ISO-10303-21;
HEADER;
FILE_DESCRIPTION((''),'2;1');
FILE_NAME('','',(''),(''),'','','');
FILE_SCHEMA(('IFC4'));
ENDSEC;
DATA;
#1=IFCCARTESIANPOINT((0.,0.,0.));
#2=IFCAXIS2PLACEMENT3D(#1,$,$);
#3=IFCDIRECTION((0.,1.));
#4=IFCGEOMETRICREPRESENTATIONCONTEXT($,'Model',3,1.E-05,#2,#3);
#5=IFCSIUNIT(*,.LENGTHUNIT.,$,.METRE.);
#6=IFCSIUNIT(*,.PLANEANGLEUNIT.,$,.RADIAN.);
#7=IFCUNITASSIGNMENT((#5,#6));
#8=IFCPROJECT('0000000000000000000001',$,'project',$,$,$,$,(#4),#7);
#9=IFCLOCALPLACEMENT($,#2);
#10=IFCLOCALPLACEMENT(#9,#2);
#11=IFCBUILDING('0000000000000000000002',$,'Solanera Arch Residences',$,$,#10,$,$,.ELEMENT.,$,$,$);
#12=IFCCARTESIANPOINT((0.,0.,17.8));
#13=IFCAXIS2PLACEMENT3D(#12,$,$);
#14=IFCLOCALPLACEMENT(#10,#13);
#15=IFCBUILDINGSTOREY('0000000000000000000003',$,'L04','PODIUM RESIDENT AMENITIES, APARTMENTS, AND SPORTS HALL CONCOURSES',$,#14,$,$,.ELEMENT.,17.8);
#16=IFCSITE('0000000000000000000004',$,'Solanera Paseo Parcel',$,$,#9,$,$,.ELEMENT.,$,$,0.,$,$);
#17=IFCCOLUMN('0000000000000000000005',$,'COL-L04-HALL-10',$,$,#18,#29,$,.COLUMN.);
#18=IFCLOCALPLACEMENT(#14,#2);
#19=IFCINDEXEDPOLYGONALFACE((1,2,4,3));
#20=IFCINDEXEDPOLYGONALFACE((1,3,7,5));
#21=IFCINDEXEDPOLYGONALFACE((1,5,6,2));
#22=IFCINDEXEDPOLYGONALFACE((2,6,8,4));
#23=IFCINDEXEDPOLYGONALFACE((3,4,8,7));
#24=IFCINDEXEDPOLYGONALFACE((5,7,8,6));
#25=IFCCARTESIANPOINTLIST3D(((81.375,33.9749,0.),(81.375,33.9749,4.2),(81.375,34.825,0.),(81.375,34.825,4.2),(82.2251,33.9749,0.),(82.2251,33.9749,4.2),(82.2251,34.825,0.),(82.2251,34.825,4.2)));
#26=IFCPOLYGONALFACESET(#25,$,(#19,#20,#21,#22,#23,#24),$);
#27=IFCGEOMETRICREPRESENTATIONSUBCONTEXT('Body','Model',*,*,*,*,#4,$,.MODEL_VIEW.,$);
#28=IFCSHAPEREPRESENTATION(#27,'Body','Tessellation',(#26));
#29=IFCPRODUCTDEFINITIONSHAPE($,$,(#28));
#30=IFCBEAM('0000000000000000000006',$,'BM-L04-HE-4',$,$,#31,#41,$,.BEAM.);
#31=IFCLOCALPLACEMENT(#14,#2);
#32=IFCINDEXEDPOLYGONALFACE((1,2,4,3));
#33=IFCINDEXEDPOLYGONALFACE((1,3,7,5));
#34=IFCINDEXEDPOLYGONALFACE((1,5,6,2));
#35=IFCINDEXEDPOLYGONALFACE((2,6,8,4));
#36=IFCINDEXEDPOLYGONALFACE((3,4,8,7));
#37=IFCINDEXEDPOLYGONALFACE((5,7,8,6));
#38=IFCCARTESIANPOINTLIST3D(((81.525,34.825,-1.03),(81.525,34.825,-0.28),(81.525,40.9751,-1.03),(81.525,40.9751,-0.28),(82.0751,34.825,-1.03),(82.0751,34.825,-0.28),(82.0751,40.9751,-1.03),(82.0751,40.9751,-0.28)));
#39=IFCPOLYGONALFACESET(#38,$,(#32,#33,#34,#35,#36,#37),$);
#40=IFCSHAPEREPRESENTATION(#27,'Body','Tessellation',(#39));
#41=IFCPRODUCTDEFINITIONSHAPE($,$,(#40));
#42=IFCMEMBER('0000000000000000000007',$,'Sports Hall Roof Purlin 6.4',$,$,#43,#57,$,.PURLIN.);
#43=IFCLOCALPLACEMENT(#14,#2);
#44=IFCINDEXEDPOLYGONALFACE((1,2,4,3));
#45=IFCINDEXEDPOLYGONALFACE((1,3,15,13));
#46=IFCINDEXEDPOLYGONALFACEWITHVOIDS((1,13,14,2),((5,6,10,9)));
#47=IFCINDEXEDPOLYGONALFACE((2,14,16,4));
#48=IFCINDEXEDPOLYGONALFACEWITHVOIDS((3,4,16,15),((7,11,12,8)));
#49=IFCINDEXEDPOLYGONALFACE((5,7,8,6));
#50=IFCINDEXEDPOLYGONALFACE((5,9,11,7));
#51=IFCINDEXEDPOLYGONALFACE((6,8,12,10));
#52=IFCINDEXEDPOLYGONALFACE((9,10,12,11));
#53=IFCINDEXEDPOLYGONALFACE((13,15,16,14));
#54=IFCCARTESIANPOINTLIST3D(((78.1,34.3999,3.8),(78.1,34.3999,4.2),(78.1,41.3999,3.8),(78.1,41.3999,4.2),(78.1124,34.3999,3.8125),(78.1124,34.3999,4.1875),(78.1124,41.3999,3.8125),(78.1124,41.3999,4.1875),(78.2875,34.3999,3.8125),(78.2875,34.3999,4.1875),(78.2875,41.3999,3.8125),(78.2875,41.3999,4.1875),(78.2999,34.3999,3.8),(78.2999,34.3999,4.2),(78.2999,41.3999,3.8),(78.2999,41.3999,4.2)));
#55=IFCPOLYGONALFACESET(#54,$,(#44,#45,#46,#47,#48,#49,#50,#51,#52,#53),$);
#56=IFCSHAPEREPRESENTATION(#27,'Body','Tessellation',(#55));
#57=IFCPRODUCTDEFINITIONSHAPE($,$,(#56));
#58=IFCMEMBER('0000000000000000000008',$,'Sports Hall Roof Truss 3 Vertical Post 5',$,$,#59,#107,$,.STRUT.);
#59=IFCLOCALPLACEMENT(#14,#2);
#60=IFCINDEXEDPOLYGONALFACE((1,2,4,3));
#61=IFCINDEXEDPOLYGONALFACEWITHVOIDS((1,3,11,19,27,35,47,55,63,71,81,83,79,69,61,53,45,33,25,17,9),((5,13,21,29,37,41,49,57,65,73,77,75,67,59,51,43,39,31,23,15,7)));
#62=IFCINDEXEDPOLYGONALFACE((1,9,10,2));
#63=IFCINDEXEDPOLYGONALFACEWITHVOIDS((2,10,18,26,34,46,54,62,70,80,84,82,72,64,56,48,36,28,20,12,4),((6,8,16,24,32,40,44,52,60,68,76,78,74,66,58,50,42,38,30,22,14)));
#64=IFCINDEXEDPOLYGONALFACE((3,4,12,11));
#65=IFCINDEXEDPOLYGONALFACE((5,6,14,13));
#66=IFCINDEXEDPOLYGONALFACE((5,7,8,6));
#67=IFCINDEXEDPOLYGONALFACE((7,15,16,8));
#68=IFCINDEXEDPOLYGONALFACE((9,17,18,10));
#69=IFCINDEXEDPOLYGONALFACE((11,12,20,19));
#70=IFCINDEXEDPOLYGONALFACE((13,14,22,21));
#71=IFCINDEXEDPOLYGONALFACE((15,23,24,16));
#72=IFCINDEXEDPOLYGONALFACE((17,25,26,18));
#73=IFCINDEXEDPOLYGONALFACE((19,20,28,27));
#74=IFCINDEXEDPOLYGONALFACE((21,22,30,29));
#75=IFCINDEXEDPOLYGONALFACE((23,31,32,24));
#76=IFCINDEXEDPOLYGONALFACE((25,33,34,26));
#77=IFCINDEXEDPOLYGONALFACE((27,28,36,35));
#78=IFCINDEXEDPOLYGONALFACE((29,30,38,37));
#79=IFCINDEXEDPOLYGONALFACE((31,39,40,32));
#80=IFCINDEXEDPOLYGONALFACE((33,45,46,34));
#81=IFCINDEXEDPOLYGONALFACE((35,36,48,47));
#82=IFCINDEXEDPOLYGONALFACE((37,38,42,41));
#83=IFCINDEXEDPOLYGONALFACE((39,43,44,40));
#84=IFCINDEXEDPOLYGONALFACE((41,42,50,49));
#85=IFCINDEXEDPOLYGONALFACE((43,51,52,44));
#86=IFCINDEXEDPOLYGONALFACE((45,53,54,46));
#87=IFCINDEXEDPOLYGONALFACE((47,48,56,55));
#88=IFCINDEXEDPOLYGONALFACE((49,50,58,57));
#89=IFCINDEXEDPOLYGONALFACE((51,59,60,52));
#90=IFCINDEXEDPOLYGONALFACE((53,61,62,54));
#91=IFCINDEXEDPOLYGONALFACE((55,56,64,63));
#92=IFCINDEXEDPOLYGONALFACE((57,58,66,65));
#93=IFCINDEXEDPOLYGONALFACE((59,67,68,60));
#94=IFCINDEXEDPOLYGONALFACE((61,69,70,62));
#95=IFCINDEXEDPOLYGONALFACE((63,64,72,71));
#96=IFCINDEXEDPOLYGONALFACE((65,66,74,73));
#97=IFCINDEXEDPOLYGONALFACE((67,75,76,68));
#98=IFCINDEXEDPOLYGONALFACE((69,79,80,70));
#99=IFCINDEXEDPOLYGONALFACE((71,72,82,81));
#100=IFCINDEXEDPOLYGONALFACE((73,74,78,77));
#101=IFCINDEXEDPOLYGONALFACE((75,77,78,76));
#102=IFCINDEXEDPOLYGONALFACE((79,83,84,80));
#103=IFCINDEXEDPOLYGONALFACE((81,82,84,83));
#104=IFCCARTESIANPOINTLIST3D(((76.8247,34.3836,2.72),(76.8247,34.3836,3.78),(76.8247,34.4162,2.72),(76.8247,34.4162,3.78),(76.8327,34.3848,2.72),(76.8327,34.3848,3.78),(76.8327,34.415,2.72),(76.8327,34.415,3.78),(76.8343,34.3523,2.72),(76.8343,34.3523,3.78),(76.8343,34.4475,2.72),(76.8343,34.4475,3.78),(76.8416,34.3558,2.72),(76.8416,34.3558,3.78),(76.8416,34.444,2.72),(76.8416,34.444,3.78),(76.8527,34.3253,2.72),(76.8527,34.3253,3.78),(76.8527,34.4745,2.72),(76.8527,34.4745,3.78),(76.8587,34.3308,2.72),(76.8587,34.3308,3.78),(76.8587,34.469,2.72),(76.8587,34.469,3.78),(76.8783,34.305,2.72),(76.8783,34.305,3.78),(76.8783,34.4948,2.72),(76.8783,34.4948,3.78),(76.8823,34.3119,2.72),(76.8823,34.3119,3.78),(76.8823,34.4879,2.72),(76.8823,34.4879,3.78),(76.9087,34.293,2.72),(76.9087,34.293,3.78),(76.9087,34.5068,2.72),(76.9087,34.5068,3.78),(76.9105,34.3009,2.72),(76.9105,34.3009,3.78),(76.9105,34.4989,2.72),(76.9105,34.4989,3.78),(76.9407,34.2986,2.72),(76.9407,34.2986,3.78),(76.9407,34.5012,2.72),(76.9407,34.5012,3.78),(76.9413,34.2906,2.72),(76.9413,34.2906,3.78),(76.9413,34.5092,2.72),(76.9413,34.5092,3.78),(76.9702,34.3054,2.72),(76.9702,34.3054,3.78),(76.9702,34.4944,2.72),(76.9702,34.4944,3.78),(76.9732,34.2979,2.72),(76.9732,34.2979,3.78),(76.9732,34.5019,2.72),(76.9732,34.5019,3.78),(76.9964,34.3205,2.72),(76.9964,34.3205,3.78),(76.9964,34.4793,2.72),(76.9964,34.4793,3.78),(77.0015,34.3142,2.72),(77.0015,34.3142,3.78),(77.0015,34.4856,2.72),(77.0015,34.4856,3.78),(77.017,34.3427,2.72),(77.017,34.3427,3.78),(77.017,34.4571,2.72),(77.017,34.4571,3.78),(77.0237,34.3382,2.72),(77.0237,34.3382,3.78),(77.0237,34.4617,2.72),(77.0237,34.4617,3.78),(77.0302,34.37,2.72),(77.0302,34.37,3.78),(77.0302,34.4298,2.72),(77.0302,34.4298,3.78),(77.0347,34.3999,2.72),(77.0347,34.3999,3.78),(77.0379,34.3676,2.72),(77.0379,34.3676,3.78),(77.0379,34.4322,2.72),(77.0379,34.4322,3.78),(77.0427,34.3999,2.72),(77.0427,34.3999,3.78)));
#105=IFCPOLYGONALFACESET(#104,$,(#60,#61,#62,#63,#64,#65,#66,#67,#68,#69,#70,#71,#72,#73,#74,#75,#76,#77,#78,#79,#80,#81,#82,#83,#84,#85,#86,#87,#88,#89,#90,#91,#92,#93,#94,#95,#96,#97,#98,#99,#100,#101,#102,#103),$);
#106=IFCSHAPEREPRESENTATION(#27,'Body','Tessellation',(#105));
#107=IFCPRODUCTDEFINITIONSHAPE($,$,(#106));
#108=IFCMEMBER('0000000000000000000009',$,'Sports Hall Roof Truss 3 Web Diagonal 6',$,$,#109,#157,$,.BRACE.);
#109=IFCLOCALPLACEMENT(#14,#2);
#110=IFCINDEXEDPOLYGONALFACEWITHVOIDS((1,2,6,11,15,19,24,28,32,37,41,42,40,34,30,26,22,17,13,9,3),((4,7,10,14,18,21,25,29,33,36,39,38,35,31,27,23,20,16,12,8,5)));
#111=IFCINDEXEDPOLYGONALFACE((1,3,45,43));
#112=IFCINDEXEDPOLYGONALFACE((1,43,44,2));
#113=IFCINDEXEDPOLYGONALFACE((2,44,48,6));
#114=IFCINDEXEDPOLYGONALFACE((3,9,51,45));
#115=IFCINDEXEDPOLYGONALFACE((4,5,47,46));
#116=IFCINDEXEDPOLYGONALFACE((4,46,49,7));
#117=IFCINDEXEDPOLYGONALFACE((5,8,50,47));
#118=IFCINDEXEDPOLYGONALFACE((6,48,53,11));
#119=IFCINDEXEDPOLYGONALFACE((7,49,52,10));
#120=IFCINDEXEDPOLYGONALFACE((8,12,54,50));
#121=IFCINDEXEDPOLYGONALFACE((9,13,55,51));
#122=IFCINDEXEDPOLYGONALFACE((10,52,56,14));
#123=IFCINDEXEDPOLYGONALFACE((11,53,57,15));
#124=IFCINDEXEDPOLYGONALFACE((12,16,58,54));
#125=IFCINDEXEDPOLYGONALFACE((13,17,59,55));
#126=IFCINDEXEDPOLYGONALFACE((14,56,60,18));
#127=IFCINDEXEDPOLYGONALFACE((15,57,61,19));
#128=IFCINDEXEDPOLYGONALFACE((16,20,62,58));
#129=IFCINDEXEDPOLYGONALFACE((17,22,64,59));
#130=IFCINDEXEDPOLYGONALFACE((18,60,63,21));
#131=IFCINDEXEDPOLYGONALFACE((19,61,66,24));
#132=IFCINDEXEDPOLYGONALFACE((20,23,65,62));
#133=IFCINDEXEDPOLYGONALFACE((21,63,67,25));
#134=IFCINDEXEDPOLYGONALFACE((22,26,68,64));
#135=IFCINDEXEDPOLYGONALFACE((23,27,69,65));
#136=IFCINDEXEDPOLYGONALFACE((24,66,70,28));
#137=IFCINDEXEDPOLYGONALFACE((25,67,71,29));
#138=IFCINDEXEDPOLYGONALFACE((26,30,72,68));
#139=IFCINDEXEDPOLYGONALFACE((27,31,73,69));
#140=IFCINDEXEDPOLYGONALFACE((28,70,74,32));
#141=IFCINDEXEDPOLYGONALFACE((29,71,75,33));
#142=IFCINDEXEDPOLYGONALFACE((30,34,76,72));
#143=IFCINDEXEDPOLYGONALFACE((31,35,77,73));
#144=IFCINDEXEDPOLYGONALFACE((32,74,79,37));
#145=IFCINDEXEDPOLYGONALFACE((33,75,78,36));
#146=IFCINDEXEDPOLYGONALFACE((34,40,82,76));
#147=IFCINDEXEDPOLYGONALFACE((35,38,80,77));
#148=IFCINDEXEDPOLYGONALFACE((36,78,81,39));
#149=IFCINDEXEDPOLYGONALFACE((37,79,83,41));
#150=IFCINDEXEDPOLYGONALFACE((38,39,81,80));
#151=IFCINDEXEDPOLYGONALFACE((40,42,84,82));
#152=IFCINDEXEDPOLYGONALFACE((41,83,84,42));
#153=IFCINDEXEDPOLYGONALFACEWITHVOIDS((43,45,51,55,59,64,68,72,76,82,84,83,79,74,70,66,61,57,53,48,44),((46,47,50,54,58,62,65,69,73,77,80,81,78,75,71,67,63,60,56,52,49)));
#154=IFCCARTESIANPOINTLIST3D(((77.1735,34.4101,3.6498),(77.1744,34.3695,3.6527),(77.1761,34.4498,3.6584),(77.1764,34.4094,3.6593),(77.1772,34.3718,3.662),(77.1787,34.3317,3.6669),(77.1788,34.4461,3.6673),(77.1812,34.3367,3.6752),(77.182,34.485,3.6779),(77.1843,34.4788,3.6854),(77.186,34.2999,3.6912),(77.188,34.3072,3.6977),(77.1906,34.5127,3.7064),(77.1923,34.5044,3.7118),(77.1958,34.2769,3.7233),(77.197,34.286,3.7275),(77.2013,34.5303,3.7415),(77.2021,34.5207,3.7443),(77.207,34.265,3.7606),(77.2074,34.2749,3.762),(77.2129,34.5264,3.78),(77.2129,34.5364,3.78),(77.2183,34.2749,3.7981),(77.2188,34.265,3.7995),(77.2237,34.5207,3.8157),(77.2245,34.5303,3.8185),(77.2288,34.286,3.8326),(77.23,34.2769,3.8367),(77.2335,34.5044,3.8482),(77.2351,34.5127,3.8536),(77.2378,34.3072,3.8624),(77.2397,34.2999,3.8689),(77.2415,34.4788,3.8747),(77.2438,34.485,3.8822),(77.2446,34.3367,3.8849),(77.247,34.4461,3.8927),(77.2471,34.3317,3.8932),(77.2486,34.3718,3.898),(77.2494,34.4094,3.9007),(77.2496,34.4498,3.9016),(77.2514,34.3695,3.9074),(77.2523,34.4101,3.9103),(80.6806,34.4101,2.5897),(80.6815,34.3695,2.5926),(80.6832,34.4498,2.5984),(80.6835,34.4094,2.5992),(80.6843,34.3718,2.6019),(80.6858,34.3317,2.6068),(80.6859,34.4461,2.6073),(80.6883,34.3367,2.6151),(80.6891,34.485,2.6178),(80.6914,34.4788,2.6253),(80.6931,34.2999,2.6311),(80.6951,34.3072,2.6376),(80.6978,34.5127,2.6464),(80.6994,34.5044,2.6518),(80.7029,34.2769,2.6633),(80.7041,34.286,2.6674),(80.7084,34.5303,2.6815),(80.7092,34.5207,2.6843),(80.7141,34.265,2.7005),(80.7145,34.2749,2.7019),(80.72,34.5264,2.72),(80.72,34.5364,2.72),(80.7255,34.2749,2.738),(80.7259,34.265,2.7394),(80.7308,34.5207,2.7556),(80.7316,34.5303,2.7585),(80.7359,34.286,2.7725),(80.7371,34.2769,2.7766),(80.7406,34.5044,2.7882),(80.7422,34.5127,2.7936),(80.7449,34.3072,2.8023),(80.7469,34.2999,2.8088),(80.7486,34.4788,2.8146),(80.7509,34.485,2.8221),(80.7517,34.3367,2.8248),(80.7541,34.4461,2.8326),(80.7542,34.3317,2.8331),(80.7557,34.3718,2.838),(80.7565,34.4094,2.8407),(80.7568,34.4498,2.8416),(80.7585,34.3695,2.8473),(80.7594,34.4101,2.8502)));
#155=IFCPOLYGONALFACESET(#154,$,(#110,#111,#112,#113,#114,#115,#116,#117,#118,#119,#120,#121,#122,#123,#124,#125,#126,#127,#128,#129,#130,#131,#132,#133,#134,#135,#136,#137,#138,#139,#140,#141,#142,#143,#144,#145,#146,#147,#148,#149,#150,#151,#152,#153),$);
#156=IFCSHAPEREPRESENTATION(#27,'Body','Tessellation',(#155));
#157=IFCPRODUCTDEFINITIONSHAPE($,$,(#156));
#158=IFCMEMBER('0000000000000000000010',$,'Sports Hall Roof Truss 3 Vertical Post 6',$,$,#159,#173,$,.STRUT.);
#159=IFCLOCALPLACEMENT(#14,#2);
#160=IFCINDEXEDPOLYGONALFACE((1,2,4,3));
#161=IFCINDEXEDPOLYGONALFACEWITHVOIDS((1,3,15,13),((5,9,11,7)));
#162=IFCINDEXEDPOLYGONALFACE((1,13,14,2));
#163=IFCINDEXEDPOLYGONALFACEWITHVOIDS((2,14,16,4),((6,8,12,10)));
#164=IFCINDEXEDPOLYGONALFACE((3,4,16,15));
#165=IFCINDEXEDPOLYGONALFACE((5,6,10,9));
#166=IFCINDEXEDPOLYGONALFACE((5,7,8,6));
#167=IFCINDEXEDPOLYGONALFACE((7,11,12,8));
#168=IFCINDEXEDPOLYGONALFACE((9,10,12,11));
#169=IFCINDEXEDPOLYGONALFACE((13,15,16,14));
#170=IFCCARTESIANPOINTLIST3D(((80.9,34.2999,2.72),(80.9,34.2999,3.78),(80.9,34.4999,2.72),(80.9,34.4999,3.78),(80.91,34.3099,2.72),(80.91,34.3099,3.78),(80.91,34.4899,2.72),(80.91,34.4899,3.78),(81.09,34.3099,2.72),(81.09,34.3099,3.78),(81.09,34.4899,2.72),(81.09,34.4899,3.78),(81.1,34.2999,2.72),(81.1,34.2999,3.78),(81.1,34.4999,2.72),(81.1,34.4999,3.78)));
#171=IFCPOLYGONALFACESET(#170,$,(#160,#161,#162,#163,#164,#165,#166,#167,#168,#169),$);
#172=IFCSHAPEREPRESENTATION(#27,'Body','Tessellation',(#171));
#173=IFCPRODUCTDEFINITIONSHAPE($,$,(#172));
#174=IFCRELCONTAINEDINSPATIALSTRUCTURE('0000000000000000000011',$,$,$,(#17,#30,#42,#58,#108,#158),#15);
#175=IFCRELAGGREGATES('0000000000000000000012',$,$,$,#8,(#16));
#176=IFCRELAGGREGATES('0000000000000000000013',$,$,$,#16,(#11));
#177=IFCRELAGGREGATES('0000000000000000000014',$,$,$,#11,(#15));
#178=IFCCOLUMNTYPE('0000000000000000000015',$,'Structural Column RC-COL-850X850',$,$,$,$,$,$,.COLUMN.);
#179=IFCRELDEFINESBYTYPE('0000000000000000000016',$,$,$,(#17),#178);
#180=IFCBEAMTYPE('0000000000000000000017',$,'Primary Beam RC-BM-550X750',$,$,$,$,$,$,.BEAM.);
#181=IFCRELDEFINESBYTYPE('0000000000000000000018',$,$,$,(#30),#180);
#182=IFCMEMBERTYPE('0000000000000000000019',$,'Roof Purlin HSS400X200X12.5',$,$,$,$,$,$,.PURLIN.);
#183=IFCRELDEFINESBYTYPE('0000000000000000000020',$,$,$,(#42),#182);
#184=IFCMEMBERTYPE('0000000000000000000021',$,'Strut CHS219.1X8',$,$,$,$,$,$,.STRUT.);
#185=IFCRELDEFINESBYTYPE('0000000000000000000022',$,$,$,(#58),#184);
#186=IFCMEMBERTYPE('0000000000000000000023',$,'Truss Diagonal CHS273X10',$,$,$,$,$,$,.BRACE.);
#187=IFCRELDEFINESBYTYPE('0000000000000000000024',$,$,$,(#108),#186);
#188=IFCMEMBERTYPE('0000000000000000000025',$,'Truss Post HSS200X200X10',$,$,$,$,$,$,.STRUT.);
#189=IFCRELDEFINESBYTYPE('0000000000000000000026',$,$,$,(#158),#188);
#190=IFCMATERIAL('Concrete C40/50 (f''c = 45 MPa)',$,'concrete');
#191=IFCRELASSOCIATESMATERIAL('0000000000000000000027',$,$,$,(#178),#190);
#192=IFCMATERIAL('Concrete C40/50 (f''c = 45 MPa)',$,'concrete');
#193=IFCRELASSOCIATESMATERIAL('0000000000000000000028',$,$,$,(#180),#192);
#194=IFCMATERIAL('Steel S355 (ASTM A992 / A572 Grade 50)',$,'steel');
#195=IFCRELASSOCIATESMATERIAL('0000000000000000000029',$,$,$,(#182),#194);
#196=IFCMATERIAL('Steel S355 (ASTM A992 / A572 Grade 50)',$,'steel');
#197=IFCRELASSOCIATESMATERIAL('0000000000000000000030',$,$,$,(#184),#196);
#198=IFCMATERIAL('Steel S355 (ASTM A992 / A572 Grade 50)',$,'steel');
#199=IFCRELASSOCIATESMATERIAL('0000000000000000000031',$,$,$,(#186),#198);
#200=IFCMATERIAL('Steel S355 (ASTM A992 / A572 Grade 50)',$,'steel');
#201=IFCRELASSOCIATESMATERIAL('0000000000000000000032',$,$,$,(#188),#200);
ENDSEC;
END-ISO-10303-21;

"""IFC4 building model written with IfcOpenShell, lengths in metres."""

from ifc_helpers import new_model, si_unit, direction, frame, origin, origin_2d, place, context, subcontext, project, spatial, rectangle, hollow_rectangle, hollow_circle, extrude, material, material_profile, profile_set, type_object, element, save


model = new_model("IFC4")

# Units and contexts
model_context = context("Model", 3, precision=1e-05, world=origin(), true_north=direction((0.0, 1.0)))
body_context = subcontext(model_context, "Body", "Model", "MODEL_VIEW")
ifc_project = project(units=[si_unit("LENGTHUNIT", "METRE"), si_unit("PLANEANGLEUNIT", "RADIAN")], contexts=[model_context])

# Site, building, storey
site_placement = place(None, origin())
site = spatial("IfcSite", under=ifc_project, at=site_placement, Name="Solanera Paseo Parcel", CompositionType="ELEMENT", RefElevation=0.0)
building_placement = place(site_placement, origin())
building = spatial("IfcBuilding", under=site, at=building_placement, Name="Solanera Arch Residences", CompositionType="ELEMENT")
storey_placement = place(building_placement, frame((0.0, 0.0, 17.8)))
storey = spatial("IfcBuildingStorey", under=building, at=storey_placement, Name="L04", Description="PODIUM RESIDENT AMENITIES, APARTMENTS, AND SPORTS HALL CONCOURSES", CompositionType="ELEMENT", Elevation=17.8)

# Column
ifc_material_1 = material(Name="Concrete C40/50 (f'c = 45 MPa)", Category="concrete")
ifc_material_profile_1 = material_profile(ifc_material_1, rectangle(XDim=0.8501, YDim=0.8501, at=origin_2d()))
ifc_profile_set_1 = profile_set([ifc_material_profile_1], Name="Concrete C40/50 (f'c = 45 MPa)")
column_type = type_object("IfcColumnType", Name="Structural Column RC-COL-850X850", PredefinedType="COLUMN", material=ifc_profile_set_1)
column_placement = place(storey_placement, frame((81.8, 34.3999, 0.0), z_axis=(0.0, 0.0, 1.0), x_axis=(1.0, 0.0, 0.0)))
element("IfcColumn", 1, at=column_placement, inside=storey, type_object=column_type, Name="COL-L04-HALL-10", PredefinedType="COLUMN", context=body_context, shape_type="SweptSolid", body=[
    extrude(rectangle(XDim=0.8501, YDim=0.8501, at=origin_2d()), origin(), (0.0, 0.0, 1.0), 4.2),
])

# Beam
ifc_material_2 = material(Name="Concrete C40/50 (f'c = 45 MPa)", Category="concrete")
ifc_material_profile_2 = material_profile(ifc_material_2, rectangle(XDim=0.55, YDim=0.75, at=origin_2d()))
ifc_profile_set_2 = profile_set([ifc_material_profile_2], Name="Concrete C40/50 (f'c = 45 MPa)")
beam_type = type_object("IfcBeamType", Name="Primary Beam RC-BM-550X750", PredefinedType="BEAM", material=ifc_profile_set_2)
beam_placement = place(storey_placement, frame((81.8, 34.825, -0.655), z_axis=(0.0, 1.0, 0.0), x_axis=(-1.0, 0.0, 0.0)))
element("IfcBeam", 2, at=beam_placement, inside=storey, type_object=beam_type, Name="BM-L04-HE-4", PredefinedType="BEAM", context=body_context, shape_type="SweptSolid", body=[
    extrude(rectangle(XDim=0.55, YDim=0.75, at=origin_2d()), origin(), (0.0, 0.0, 1.0), 6.1501),
])

# Members
ifc_material_3 = material(Name="Steel S355 (ASTM A992 / A572 Grade 50)", Category="steel")
ifc_material_profile_3 = material_profile(ifc_material_3, hollow_rectangle(XDim=0.2, YDim=0.3999, WallThickness=0.0125, at=origin_2d()))
ifc_profile_set_3 = profile_set([ifc_material_profile_3], Name="Steel S355 (ASTM A992 / A572 Grade 50)")
member_type_1 = type_object("IfcMemberType", Name="Roof Purlin HSS400X200X12.5", PredefinedType="PURLIN", material=ifc_profile_set_3)
member_1_placement = place(storey_placement, frame((78.2, 34.3999, 4.0), z_axis=(0.0, 1.0, 0.0), x_axis=(-1.0, 0.0, 0.0)))
element("IfcMember", 3, at=member_1_placement, inside=storey, type_object=member_type_1, Name="Sports Hall Roof Purlin 6.4", PredefinedType="PURLIN", context=body_context, shape_type="SweptSolid", body=[
    extrude(hollow_rectangle(XDim=0.2, YDim=0.3999, WallThickness=0.0125, at=origin_2d()), origin(), (0.0, 0.0, 1.0), 7.0),
])
ifc_material_4 = material(Name="Steel S355 (ASTM A992 / A572 Grade 50)", Category="steel")
ifc_material_profile_4 = material_profile(ifc_material_4, hollow_circle(Radius=0.1096, WallThickness=0.0081, at=origin_2d()))
ifc_profile_set_4 = profile_set([ifc_material_profile_4], Name="Steel S355 (ASTM A992 / A572 Grade 50)")
member_type_2 = type_object("IfcMemberType", Name="Strut CHS219.1X8", PredefinedType="STRUT", material=ifc_profile_set_4)
member_2_placement = place(storey_placement, frame((76.9331, 34.3999, 2.72), z_axis=(0.0, 0.0, 1.0), x_axis=(1.0, 0.0, 0.0)))
element("IfcMember", 4, at=member_2_placement, inside=storey, type_object=member_type_2, Name="Sports Hall Roof Truss 3 Vertical Post 5", PredefinedType="STRUT", context=body_context, shape_type="SweptSolid", body=[
    extrude(hollow_circle(Radius=0.1096, WallThickness=0.0081, at=origin_2d()), origin(), (0.0, 0.0, 1.0), 1.0601),
])
ifc_material_5 = material(Name="Steel S355 (ASTM A992 / A572 Grade 50)", Category="steel")
ifc_material_profile_5 = material_profile(ifc_material_5, hollow_circle(Radius=0.1365, WallThickness=0.01, at=origin_2d()))
ifc_profile_set_5 = profile_set([ifc_material_profile_5], Name="Steel S355 (ASTM A992 / A572 Grade 50)")
member_type_3 = type_object("IfcMemberType", Name="Truss Diagonal CHS273X10", PredefinedType="BRACE", material=ifc_profile_set_5)
member_3_placement = place(storey_placement, frame((77.2129, 34.3999, 3.78), z_axis=(0.957228, 0.0, -0.289334), x_axis=(0.0, 1.0, 0.0)))
element("IfcMember", 5, at=member_3_placement, inside=storey, type_object=member_type_3, Name="Sports Hall Roof Truss 3 Web Diagonal 6", PredefinedType="BRACE", context=body_context, shape_type="SweptSolid", body=[
    extrude(hollow_circle(Radius=0.1365, WallThickness=0.01, at=origin_2d()), origin(), (0.0, 0.0, 1.0), 3.6638),
])
ifc_material_6 = material(Name="Steel S355 (ASTM A992 / A572 Grade 50)", Category="steel")
ifc_material_profile_6 = material_profile(ifc_material_6, hollow_rectangle(XDim=0.2, YDim=0.2, WallThickness=0.01, at=origin_2d()))
ifc_profile_set_6 = profile_set([ifc_material_profile_6], Name="Steel S355 (ASTM A992 / A572 Grade 50)")
member_type_4 = type_object("IfcMemberType", Name="Truss Post HSS200X200X10", PredefinedType="STRUT", material=ifc_profile_set_6)
member_4_placement = place(storey_placement, frame((81.0, 34.3999, 2.72), z_axis=(0.0, 0.0, 1.0), x_axis=(1.0, 0.0, 0.0)))
element("IfcMember", 6, at=member_4_placement, inside=storey, type_object=member_type_4, Name="Sports Hall Roof Truss 3 Vertical Post 6", PredefinedType="STRUT", context=body_context, shape_type="SweptSolid", body=[
    extrude(hollow_rectangle(XDim=0.2, YDim=0.2, WallThickness=0.01, at=origin_2d()), origin(), (0.0, 0.0, 1.0), 1.0601),
])

save(model, "model.ifc")
